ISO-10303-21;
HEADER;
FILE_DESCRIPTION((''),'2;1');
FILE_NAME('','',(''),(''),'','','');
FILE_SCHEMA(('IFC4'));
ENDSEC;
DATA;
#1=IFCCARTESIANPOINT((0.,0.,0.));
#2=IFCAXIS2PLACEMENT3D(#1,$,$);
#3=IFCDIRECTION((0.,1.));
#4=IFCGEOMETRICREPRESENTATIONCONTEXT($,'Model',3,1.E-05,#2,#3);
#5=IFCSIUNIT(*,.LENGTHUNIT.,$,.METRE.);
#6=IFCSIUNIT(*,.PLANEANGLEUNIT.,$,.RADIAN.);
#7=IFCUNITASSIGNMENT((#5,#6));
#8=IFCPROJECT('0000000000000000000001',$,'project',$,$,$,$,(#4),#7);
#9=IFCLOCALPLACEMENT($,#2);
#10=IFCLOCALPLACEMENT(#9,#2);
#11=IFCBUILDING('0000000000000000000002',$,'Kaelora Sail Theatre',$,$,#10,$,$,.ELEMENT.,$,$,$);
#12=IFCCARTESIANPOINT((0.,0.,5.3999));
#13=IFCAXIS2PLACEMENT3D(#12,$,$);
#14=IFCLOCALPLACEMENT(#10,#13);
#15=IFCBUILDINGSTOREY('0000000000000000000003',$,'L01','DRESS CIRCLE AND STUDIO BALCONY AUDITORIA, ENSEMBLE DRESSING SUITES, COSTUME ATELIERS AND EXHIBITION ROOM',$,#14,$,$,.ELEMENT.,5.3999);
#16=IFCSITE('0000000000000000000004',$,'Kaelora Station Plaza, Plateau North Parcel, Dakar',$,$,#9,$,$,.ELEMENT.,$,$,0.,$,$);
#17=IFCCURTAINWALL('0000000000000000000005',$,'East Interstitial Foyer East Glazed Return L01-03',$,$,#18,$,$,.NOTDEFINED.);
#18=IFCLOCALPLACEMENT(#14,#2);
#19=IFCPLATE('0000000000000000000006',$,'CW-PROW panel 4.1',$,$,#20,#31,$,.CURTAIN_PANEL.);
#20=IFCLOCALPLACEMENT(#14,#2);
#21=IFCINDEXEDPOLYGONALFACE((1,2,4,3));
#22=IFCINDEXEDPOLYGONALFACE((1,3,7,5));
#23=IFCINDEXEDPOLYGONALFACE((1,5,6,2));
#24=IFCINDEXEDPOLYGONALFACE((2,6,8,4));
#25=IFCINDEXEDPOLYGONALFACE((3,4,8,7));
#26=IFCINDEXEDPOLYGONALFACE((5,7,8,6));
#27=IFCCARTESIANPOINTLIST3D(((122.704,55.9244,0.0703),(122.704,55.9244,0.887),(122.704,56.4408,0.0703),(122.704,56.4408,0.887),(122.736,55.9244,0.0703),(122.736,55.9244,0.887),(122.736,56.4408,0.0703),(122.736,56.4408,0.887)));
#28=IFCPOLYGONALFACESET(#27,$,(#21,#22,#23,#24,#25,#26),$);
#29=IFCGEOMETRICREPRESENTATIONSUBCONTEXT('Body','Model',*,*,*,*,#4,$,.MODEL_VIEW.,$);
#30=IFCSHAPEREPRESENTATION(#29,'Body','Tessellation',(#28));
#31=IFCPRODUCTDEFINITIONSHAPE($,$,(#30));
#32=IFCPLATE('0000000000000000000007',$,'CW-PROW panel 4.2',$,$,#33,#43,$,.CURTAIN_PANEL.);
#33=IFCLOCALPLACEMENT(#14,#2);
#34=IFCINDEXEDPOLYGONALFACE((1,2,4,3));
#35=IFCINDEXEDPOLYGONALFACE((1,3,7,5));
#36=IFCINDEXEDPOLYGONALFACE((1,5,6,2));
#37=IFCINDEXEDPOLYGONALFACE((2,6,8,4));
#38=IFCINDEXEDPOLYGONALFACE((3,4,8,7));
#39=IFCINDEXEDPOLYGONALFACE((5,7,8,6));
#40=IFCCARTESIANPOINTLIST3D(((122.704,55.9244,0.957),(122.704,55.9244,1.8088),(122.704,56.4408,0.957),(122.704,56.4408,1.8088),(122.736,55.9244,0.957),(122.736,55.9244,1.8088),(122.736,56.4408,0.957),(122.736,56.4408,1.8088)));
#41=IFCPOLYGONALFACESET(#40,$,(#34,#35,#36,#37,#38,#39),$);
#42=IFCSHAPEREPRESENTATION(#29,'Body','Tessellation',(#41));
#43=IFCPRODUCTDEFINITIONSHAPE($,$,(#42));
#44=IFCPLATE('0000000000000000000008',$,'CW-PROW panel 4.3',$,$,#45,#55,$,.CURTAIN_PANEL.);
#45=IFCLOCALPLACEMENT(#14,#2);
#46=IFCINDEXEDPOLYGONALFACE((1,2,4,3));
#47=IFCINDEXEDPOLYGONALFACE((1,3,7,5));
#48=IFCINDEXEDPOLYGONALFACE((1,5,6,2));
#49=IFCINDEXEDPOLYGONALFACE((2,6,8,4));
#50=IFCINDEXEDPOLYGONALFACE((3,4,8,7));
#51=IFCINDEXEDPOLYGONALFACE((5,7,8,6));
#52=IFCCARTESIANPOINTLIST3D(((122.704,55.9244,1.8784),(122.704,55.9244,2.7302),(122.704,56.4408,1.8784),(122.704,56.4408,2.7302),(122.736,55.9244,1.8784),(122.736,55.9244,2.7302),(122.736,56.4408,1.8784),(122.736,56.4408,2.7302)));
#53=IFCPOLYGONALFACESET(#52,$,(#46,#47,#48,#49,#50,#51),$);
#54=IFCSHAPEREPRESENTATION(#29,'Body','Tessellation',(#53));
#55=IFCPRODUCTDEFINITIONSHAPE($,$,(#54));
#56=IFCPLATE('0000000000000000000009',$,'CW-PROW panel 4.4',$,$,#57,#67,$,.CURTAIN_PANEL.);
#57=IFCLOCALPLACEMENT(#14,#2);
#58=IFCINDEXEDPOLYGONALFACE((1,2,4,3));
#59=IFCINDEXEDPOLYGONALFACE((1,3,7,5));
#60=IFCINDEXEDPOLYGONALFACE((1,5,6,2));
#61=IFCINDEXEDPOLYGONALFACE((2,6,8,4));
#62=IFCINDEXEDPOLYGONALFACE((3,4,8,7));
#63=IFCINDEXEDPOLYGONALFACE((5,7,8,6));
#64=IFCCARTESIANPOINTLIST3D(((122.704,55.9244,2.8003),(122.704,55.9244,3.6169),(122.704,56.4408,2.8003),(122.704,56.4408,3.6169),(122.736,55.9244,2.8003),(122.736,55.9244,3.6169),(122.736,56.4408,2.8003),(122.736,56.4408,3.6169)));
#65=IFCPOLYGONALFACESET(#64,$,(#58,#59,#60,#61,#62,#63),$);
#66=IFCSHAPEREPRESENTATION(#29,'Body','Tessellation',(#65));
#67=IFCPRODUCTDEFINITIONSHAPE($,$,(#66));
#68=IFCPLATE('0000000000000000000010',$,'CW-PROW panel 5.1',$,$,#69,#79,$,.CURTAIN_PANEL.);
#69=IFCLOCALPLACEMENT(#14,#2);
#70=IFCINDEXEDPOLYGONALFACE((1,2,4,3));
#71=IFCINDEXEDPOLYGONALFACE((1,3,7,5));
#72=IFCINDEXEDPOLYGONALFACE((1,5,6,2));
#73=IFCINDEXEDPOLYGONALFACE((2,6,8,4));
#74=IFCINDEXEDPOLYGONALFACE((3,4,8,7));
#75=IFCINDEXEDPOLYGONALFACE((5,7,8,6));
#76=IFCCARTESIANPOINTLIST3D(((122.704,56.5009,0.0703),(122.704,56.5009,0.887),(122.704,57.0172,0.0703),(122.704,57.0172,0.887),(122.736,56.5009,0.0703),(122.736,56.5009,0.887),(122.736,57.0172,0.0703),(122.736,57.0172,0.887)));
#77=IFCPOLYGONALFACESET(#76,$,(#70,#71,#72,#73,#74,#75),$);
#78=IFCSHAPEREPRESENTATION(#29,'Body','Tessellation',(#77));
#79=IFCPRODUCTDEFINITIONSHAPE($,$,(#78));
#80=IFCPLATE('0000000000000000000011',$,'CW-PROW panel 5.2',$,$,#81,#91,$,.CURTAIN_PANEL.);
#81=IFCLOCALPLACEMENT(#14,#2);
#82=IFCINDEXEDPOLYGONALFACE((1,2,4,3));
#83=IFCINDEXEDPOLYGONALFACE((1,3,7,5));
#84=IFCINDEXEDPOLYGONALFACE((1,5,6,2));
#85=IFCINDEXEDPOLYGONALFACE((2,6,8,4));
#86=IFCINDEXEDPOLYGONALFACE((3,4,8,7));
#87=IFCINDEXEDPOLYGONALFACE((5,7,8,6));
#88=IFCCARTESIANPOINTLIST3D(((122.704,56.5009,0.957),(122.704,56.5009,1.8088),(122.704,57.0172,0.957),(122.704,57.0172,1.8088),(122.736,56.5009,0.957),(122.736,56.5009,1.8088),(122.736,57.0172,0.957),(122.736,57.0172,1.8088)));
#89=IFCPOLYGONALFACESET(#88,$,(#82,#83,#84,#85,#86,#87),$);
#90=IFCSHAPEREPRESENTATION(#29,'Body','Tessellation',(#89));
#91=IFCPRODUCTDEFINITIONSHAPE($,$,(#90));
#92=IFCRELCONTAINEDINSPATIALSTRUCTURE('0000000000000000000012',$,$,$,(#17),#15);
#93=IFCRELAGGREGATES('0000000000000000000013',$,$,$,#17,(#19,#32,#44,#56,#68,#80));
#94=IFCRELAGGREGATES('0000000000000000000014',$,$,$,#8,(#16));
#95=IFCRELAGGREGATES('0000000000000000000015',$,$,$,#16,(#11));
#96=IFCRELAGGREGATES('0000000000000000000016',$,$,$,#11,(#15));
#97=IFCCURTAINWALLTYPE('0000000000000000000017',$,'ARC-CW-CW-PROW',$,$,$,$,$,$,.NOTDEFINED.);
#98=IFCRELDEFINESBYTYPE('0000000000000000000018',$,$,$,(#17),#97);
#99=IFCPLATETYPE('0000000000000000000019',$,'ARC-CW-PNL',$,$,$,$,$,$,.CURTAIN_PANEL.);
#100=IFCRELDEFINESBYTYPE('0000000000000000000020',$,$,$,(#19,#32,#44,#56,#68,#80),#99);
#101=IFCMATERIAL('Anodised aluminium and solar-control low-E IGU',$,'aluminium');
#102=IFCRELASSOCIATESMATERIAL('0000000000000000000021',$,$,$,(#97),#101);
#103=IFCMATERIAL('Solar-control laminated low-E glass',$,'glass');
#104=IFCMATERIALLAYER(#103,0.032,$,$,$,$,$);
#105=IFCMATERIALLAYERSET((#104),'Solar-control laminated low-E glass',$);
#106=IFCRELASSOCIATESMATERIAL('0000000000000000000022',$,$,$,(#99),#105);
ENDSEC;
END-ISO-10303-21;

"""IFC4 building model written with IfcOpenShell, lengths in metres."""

from ifc_helpers import new_model, si_unit, direction, frame, origin, origin_2d, place, context, subcontext, project, spatial, rectangle, extrude, material, layer, layer_set, type_object, element, aggregate, save


model = new_model("IFC4")

# Units and contexts
model_context = context("Model", 3, precision=1e-05, world=origin(), true_north=direction((0.0, 1.0)))
body_context = subcontext(model_context, "Body", "Model", "MODEL_VIEW")
ifc_project = project(units=[si_unit("LENGTHUNIT", "METRE"), si_unit("PLANEANGLEUNIT", "RADIAN")], contexts=[model_context])

# Site, building, storey
site_placement = place(None, origin())
site = spatial("IfcSite", under=ifc_project, at=site_placement, Name="Kaelora Station Plaza, Plateau North Parcel, Dakar", CompositionType="ELEMENT", RefElevation=0.0)
building_placement = place(site_placement, origin())
building = spatial("IfcBuilding", under=site, at=building_placement, Name="Kaelora Sail Theatre", CompositionType="ELEMENT")
storey_placement = place(building_placement, frame((0.0, 0.0, 5.3999)))
storey = spatial("IfcBuildingStorey", under=building, at=storey_placement, Name="L01", Description="DRESS CIRCLE AND STUDIO BALCONY AUDITORIA, ENSEMBLE DRESSING SUITES, COSTUME ATELIERS AND EXHIBITION ROOM", CompositionType="ELEMENT", Elevation=5.3999)

# Curtain wall, plates
ifc_material_1 = material(Name="Anodised aluminium and solar-control low-E IGU", Category="aluminium")
curtain_wall_type = type_object("IfcCurtainWallType", Name="ARC-CW-CW-PROW", PredefinedType="NOTDEFINED", material=ifc_material_1)
curtain_wall_placement = place(storey_placement, origin())
curtain_wall = element("IfcCurtainWall", 1, at=curtain_wall_placement, inside=storey, type_object=curtain_wall_type, Name="East Interstitial Foyer East Glazed Return L01-03", PredefinedType="NOTDEFINED")
ifc_material_2 = material(Name="Solar-control laminated low-E glass", Category="glass")
ifc_layer = layer(ifc_material_2, 0.032)
ifc_layer_set = layer_set([ifc_layer], Name="Solar-control laminated low-E glass")
plate_type = type_object("IfcPlateType", Name="ARC-CW-PNL", PredefinedType="CURTAIN_PANEL", material=ifc_layer_set)
plate_1_placement = place(storey_placement, frame((122.72, 56.1826, 0.0703), z_axis=(0.0, 0.0, 1.0), x_axis=(0.0, 1.0, 0.0)))
plate_1 = element("IfcPlate", 2, at=plate_1_placement, type_object=plate_type, Name="CW-PROW panel 4.1", PredefinedType="CURTAIN_PANEL", context=body_context, shape_type="SweptSolid", body=[
    extrude(rectangle(XDim=0.5164, YDim=0.032, at=origin_2d()), origin(), (0.0, 0.0, 1.0), 0.8167),
])
plate_2_placement = place(storey_placement, frame((122.72, 56.1826, 0.957), z_axis=(0.0, 0.0, 1.0), x_axis=(0.0, 1.0, 0.0)))
plate_2 = element("IfcPlate", 3, at=plate_2_placement, type_object=plate_type, Name="CW-PROW panel 4.2", PredefinedType="CURTAIN_PANEL", context=body_context, shape_type="SweptSolid", body=[
    extrude(rectangle(XDim=0.5164, YDim=0.032, at=origin_2d()), origin(), (0.0, 0.0, 1.0), 0.8518),
])
plate_3_placement = place(storey_placement, frame((122.72, 56.1826, 1.8784), z_axis=(0.0, 0.0, 1.0), x_axis=(0.0, 1.0, 0.0)))
plate_3 = element("IfcPlate", 4, at=plate_3_placement, type_object=plate_type, Name="CW-PROW panel 4.3", PredefinedType="CURTAIN_PANEL", context=body_context, shape_type="SweptSolid", body=[
    extrude(rectangle(XDim=0.5164, YDim=0.032, at=origin_2d()), origin(), (0.0, 0.0, 1.0), 0.8518),
])
plate_4_placement = place(storey_placement, frame((122.72, 56.1826, 2.8003), z_axis=(0.0, 0.0, 1.0), x_axis=(0.0, 1.0, 0.0)))
plate_4 = element("IfcPlate", 5, at=plate_4_placement, type_object=plate_type, Name="CW-PROW panel 4.4", PredefinedType="CURTAIN_PANEL", context=body_context, shape_type="SweptSolid", body=[
    extrude(rectangle(XDim=0.5164, YDim=0.032, at=origin_2d()), origin(), (0.0, 0.0, 1.0), 0.8167),
])
plate_5_placement = place(storey_placement, frame((122.72, 56.759, 0.0703), z_axis=(0.0, 0.0, 1.0), x_axis=(0.0, 1.0, 0.0)))
plate_5 = element("IfcPlate", 6, at=plate_5_placement, type_object=plate_type, Name="CW-PROW panel 5.1", PredefinedType="CURTAIN_PANEL", context=body_context, shape_type="SweptSolid", body=[
    extrude(rectangle(XDim=0.5164, YDim=0.032, at=origin_2d()), origin(), (0.0, 0.0, 1.0), 0.8167),
])
plate_6_placement = place(storey_placement, frame((122.72, 56.759, 0.957), z_axis=(0.0, 0.0, 1.0), x_axis=(0.0, 1.0, 0.0)))
plate_6 = element("IfcPlate", 7, at=plate_6_placement, type_object=plate_type, Name="CW-PROW panel 5.2", PredefinedType="CURTAIN_PANEL", context=body_context, shape_type="SweptSolid", body=[
    extrude(rectangle(XDim=0.5164, YDim=0.032, at=origin_2d()), origin(), (0.0, 0.0, 1.0), 0.8518),
])
aggregate(curtain_wall, [plate_1, plate_2, plate_3, plate_4, plate_5, plate_6])

save(model, "model.ifc")
